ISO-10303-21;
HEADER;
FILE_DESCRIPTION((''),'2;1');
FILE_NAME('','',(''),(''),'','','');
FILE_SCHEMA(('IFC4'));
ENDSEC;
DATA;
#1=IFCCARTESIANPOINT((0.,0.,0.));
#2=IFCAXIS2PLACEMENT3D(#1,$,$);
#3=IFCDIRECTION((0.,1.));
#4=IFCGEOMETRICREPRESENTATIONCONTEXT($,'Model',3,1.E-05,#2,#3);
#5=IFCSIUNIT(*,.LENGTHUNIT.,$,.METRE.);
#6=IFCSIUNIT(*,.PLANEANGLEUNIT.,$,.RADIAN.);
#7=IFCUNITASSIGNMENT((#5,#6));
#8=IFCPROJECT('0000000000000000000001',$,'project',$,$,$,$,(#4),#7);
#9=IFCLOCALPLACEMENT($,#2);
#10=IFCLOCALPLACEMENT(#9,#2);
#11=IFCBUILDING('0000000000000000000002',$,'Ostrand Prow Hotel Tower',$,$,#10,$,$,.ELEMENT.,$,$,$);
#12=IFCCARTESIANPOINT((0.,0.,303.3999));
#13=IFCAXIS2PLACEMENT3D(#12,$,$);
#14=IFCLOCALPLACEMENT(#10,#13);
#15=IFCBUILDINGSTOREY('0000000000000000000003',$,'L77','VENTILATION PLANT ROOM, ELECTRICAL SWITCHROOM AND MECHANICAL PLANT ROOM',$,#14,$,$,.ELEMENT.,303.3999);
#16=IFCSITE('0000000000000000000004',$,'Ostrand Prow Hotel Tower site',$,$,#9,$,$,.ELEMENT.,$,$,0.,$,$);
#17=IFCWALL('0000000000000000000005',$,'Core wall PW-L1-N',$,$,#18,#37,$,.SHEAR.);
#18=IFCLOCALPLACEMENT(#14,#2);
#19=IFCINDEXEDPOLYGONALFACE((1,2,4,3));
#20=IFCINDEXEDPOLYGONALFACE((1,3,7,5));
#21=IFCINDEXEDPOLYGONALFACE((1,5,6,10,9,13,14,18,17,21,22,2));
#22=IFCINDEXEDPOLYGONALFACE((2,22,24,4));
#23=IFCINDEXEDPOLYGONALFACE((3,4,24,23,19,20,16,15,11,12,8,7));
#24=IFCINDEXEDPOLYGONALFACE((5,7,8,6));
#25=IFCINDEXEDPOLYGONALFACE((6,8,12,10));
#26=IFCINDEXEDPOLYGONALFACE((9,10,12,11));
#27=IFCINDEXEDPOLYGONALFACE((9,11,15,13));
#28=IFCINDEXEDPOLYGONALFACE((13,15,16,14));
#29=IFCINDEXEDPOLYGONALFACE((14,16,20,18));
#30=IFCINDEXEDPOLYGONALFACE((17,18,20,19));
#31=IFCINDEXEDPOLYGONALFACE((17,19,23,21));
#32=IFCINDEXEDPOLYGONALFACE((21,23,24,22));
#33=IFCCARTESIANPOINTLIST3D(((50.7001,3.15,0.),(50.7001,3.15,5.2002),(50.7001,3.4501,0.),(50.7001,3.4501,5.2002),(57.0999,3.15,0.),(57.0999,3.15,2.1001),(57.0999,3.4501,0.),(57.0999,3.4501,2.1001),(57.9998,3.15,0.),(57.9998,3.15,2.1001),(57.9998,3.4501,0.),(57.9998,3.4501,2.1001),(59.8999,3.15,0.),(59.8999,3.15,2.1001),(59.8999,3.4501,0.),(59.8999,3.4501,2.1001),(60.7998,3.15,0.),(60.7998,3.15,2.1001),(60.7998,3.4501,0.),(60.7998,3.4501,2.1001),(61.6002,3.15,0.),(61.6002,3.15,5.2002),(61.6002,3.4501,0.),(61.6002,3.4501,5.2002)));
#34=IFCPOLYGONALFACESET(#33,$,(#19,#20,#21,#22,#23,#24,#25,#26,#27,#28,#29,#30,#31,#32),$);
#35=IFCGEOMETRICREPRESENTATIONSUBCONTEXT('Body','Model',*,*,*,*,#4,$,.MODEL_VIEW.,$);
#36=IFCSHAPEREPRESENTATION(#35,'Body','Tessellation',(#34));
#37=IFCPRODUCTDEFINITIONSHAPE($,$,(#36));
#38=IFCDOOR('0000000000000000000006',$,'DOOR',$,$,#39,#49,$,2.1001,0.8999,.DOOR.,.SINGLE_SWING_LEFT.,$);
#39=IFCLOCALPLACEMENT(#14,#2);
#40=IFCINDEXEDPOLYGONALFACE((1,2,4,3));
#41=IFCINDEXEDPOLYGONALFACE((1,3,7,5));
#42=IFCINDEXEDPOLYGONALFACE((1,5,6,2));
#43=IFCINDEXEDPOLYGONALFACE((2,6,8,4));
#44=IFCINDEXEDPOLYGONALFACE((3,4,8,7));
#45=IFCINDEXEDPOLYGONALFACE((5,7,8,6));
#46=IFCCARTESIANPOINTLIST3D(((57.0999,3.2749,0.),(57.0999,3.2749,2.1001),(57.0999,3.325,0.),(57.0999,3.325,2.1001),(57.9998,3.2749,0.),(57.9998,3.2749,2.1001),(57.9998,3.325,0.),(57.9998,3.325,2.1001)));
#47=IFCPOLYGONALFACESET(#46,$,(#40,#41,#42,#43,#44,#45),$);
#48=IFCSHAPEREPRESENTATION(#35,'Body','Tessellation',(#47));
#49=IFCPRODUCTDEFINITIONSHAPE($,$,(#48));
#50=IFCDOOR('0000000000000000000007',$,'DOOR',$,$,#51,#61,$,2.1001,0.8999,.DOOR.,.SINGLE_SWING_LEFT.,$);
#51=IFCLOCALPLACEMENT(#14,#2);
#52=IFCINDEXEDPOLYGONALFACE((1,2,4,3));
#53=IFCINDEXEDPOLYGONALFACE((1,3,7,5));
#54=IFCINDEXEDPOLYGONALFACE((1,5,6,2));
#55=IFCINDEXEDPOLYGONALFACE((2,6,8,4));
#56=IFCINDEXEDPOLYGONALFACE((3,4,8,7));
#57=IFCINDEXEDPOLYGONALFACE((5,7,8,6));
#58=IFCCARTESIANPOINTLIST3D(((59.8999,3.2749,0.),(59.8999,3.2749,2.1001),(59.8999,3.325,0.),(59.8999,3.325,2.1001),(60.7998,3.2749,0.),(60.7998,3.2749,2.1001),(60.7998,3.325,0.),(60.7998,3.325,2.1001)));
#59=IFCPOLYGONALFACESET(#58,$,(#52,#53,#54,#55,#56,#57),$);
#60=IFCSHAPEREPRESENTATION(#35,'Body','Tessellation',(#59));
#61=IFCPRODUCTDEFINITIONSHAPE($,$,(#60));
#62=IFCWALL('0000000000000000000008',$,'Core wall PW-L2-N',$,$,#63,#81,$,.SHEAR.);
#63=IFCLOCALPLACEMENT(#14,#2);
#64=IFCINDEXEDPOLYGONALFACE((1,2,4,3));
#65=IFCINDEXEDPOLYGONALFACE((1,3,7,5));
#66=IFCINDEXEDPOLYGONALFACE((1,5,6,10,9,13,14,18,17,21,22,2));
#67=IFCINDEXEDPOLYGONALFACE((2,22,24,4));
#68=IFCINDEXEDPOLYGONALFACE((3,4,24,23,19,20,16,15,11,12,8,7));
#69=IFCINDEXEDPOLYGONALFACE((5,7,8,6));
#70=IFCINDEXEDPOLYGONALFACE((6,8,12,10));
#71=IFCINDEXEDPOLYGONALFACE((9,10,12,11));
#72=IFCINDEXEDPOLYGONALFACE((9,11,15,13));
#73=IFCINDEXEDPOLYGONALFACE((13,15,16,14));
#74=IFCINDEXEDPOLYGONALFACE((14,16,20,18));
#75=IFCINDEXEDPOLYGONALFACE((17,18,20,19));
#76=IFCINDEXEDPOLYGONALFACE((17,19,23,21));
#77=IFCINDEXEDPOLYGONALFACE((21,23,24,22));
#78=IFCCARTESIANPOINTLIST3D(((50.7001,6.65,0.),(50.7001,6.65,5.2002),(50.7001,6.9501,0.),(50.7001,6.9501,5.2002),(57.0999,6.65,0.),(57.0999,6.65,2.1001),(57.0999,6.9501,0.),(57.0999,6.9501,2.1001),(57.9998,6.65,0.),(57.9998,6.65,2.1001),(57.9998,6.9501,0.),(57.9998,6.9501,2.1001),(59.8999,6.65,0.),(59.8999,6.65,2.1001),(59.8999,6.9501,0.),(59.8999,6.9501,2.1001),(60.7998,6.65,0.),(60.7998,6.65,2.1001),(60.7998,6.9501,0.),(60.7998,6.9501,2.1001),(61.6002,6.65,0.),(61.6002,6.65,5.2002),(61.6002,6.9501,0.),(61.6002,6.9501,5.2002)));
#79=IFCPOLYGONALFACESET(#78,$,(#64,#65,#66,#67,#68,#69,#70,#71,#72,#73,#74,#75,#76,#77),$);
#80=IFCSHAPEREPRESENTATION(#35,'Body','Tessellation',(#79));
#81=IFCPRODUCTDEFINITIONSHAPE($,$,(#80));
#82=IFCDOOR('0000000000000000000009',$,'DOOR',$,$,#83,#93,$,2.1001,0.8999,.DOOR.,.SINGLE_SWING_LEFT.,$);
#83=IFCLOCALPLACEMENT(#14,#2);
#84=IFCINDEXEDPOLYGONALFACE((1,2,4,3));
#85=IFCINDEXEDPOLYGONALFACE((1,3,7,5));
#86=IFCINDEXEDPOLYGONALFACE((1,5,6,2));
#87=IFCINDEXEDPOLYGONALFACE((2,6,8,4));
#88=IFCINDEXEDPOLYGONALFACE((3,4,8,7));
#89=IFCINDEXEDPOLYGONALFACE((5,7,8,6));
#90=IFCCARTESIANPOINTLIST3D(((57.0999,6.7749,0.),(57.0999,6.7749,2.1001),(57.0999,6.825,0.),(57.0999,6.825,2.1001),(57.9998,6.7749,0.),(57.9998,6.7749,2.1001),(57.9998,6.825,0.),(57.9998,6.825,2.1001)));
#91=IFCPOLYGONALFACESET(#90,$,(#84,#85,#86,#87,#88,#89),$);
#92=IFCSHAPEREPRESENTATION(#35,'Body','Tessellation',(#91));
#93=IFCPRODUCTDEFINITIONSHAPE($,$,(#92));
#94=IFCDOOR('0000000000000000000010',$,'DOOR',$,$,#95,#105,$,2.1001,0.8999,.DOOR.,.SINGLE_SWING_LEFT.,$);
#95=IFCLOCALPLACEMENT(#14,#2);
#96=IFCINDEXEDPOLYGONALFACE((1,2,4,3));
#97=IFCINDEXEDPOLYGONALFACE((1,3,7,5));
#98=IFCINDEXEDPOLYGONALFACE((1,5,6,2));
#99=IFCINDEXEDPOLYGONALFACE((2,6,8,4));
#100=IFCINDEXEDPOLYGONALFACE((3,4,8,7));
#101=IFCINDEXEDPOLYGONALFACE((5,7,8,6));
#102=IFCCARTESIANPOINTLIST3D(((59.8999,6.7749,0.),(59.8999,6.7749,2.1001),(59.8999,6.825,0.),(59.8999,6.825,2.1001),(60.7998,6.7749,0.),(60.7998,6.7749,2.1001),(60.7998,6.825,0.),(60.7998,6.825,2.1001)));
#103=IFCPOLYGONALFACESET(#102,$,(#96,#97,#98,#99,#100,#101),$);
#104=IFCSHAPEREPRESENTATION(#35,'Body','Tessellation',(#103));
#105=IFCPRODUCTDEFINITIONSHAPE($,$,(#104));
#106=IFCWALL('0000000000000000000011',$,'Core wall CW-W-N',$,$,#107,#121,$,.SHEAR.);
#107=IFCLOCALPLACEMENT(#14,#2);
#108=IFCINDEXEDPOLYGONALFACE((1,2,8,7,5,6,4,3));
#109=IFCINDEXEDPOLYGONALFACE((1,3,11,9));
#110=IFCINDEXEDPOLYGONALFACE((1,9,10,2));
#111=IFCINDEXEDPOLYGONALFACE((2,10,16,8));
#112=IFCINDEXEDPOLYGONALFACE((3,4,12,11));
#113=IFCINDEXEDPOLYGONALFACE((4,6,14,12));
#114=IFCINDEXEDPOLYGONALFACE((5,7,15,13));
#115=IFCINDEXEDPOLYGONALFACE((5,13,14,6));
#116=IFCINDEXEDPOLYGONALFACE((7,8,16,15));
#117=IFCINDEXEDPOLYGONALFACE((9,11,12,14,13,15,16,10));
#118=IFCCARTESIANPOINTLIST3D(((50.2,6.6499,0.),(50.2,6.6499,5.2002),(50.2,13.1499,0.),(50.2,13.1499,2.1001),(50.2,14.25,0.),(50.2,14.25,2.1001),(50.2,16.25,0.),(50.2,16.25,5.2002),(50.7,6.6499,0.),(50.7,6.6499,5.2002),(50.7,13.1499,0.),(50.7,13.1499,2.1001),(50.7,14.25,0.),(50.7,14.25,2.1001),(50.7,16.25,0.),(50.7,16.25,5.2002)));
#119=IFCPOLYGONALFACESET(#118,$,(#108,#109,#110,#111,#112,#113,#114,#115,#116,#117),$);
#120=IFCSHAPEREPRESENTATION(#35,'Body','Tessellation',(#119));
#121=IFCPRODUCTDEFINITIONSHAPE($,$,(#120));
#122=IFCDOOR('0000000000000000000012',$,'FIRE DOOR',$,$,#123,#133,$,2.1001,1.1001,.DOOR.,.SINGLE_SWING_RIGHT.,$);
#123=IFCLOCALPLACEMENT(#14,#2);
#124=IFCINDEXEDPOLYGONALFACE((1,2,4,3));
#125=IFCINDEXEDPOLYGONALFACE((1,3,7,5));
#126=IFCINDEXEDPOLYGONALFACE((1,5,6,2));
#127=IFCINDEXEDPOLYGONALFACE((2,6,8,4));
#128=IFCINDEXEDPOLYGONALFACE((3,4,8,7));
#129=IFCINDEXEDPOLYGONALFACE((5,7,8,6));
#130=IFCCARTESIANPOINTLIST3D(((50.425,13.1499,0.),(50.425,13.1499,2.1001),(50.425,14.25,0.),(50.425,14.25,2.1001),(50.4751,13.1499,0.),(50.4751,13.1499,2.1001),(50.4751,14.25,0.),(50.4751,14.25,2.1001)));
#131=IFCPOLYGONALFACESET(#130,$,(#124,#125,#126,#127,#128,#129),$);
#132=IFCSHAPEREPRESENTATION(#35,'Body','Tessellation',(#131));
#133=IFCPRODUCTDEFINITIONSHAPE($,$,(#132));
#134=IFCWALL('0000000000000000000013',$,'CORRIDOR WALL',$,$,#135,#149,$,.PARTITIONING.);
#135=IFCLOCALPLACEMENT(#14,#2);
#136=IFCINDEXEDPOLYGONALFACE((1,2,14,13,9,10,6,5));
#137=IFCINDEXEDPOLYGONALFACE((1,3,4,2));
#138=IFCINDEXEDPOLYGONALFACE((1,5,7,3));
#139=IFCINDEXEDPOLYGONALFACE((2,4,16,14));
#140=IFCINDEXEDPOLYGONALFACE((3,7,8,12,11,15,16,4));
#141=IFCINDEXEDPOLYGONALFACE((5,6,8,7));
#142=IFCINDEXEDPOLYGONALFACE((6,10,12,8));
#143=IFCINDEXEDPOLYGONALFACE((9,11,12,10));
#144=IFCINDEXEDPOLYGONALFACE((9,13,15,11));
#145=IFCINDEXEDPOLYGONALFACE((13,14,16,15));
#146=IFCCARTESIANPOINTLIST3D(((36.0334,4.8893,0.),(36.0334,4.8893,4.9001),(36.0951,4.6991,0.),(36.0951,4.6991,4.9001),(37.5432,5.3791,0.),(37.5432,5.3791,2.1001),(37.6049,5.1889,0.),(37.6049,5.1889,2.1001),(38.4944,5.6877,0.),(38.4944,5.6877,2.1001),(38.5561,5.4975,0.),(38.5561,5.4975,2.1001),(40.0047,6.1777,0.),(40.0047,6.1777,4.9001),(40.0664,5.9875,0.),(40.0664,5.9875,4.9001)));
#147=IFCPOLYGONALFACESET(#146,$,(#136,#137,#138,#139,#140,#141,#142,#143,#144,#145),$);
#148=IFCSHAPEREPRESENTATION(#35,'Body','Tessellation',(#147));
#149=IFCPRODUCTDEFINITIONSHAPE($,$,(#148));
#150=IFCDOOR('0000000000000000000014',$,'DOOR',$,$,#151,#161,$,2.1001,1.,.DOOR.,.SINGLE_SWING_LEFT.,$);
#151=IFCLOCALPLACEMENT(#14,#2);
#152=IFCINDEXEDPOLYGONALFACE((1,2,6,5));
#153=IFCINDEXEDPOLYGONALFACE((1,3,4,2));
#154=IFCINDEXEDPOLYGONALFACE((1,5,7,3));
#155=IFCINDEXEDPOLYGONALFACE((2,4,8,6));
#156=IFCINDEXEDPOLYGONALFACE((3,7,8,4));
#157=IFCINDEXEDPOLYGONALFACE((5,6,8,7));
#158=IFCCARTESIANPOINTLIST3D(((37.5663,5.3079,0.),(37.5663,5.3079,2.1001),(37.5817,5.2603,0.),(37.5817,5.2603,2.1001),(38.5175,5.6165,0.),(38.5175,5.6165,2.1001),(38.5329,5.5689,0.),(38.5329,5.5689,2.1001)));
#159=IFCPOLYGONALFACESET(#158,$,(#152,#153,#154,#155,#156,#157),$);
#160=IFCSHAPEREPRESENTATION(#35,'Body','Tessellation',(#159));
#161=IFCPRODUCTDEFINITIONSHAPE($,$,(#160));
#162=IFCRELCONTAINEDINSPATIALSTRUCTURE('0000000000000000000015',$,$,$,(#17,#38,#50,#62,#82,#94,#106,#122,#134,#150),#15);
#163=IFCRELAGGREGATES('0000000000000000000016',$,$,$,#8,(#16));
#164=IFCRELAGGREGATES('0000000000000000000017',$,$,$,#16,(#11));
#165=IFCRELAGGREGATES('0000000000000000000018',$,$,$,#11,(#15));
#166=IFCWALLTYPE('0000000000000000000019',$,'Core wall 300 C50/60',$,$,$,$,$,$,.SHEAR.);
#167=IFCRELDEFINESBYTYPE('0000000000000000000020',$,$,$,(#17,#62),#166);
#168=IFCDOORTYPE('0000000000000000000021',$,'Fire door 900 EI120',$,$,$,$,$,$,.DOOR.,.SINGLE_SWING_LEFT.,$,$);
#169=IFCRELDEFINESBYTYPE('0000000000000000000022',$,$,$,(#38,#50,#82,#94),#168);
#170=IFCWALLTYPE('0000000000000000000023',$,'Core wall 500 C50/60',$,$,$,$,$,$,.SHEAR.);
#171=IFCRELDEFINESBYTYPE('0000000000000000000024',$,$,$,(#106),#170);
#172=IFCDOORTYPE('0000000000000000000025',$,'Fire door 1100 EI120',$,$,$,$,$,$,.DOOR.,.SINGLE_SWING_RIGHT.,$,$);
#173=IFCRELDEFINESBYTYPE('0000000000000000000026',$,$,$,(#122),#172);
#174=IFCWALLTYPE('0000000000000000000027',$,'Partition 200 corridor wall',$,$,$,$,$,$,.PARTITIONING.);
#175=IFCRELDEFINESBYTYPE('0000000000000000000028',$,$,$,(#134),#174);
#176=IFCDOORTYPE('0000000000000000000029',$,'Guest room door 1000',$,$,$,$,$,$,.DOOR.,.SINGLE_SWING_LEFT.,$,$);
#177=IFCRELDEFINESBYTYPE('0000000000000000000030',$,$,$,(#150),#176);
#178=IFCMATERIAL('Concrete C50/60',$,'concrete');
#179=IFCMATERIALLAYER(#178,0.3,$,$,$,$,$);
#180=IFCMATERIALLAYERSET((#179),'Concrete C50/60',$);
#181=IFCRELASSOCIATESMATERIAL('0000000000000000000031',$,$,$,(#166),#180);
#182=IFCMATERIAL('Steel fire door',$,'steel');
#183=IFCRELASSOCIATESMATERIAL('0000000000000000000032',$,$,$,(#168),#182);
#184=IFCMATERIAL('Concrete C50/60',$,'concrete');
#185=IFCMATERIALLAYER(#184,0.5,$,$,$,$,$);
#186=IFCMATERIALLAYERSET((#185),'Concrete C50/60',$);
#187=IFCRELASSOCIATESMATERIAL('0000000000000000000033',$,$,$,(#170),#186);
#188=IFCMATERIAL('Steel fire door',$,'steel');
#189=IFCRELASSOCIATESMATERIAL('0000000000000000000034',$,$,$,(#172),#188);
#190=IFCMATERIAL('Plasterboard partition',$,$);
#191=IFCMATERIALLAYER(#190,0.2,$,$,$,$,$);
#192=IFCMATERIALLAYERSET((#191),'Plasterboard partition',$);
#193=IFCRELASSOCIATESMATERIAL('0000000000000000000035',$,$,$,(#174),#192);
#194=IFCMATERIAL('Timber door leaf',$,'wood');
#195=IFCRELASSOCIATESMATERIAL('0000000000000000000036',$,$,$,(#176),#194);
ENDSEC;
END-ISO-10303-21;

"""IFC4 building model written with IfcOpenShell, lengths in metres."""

from ifc_helpers import new_model, si_unit, direction, frame, frame_2d, origin, place, context, subcontext, project, spatial, rectangle, extrude, material, layer, layer_set, type_object, element, fill, save


model = new_model("IFC4")

# Units and contexts
model_context = context("Model", 3, precision=1e-05, world=origin(), true_north=direction((0.0, 1.0)))
body_context = subcontext(model_context, "Body", "Model", "MODEL_VIEW")
ifc_project = project(units=[si_unit("LENGTHUNIT", "METRE"), si_unit("PLANEANGLEUNIT", "RADIAN")], contexts=[model_context])

# Site, building, storey
site_placement = place(None, origin())
site = spatial("IfcSite", under=ifc_project, at=site_placement, Name="Ostrand Prow Hotel Tower site", CompositionType="ELEMENT", RefElevation=0.0)
building_placement = place(site_placement, origin())
building = spatial("IfcBuilding", under=site, at=building_placement, Name="Ostrand Prow Hotel Tower", CompositionType="ELEMENT")
storey_placement = place(building_placement, frame((0.0, 0.0, 303.3999)))
storey = spatial("IfcBuildingStorey", under=building, at=storey_placement, Name="L77", Description="VENTILATION PLANT ROOM, ELECTRICAL SWITCHROOM AND MECHANICAL PLANT ROOM", CompositionType="ELEMENT", Elevation=303.3999)

# Walls, openings, doors
ifc_material_1 = material(Name="Concrete C50/60", Category="concrete")
ifc_layer_1 = layer(ifc_material_1, 0.3)
ifc_layer_set_1 = layer_set([ifc_layer_1], Name="Concrete C50/60")
wall_type_1 = type_object("IfcWallType", Name="Core wall 300 C50/60", PredefinedType="SHEAR", material=ifc_layer_set_1)
wall_1_placement = place(storey_placement, frame((50.7, 3.3, 0.0), z_axis=(0.0, 0.0, 1.0), x_axis=(1.0, 0.0, 0.0)))
wall_1 = element("IfcWall", 1, at=wall_1_placement, inside=storey, type_object=wall_type_1, Name="Core wall PW-L1-N", PredefinedType="SHEAR", context=body_context, shape_type="SweptSolid", body=[
    extrude(rectangle(XDim=10.9001, YDim=0.3, at=frame_2d((5.4502, 0.0))), origin(), (0.0, 0.0, 1.0), 5.2002),
])
opening_1_placement = place(wall_1_placement, frame((6.3999, 0.0, 0.0)))
opening_1 = element("IfcOpeningElement", 2, at=opening_1_placement, cuts=wall_1, PredefinedType="OPENING", context=body_context, shape_type="SweptSolid", body=[
    extrude(rectangle(XDim=0.8999, YDim=2.1001, at=frame_2d((0.45, 1.05))), frame((0.0, 0.1599, 0.0), z_axis=(0.0, -1.0, 0.0), x_axis=(1.0, 0.0, 0.0)), (0.0, 0.0, 1.0), 0.3201),
])
opening_2_placement = place(wall_1_placement, frame((9.2, 0.0, 0.0)))
opening_2 = element("IfcOpeningElement", 3, at=opening_2_placement, cuts=wall_1, PredefinedType="OPENING", context=body_context, shape_type="SweptSolid", body=[
    extrude(rectangle(XDim=0.8999, YDim=2.1001, at=frame_2d((0.45, 1.05))), frame((0.0, 0.1599, 0.0), z_axis=(0.0, -1.0, 0.0), x_axis=(1.0, 0.0, 0.0)), (0.0, 0.0, 1.0), 0.3201),
])
ifc_material_2 = material(Name="Steel fire door", Category="steel")
door_type_1 = type_object("IfcDoorType", Name="Fire door 900 EI120", OperationType="SINGLE_SWING_LEFT", PredefinedType="DOOR", material=ifc_material_2)
door_1_placement = place(opening_1_placement, origin())
door_1 = element("IfcDoor", 4, at=door_1_placement, inside=storey, type_object=door_type_1, Name="DOOR", OperationType="SINGLE_SWING_LEFT", OverallHeight=2.1001, OverallWidth=0.8999, PredefinedType="DOOR", context=body_context, shape_type="SweptSolid", body=[
    extrude(rectangle(XDim=0.8999, YDim=2.1001, at=frame_2d((0.45, 1.05))), frame((0.0, 0.0249, 0.0), z_axis=(0.0, -1.0, 0.0), x_axis=(1.0, 0.0, 0.0)), (0.0, 0.0, 1.0), 0.05),
])
fill(opening_1, door_1)
door_2_placement = place(opening_2_placement, origin())
door_2 = element("IfcDoor", 5, at=door_2_placement, inside=storey, type_object=door_type_1, Name="DOOR", OperationType="SINGLE_SWING_LEFT", OverallHeight=2.1001, OverallWidth=0.8999, PredefinedType="DOOR", context=body_context, shape_type="SweptSolid", body=[
    extrude(rectangle(XDim=0.8999, YDim=2.1001, at=frame_2d((0.45, 1.05))), frame((0.0, 0.0249, 0.0), z_axis=(0.0, -1.0, 0.0), x_axis=(1.0, 0.0, 0.0)), (0.0, 0.0, 1.0), 0.05),
])
fill(opening_2, door_2)
wall_2_placement = place(storey_placement, frame((50.7, 6.8, 0.0), z_axis=(0.0, 0.0, 1.0), x_axis=(1.0, 0.0, 0.0)))
wall_2 = element("IfcWall", 6, at=wall_2_placement, inside=storey, type_object=wall_type_1, Name="Core wall PW-L2-N", PredefinedType="SHEAR", context=body_context, shape_type="SweptSolid", body=[
    extrude(rectangle(XDim=10.9001, YDim=0.3, at=frame_2d((5.4502, 0.0))), origin(), (0.0, 0.0, 1.0), 5.2002),
])
opening_3_placement = place(wall_2_placement, frame((6.3999, 0.0, 0.0)))
opening_3 = element("IfcOpeningElement", 7, at=opening_3_placement, cuts=wall_2, PredefinedType="OPENING", context=body_context, shape_type="SweptSolid", body=[
    extrude(rectangle(XDim=0.8999, YDim=2.1001, at=frame_2d((0.45, 1.05))), frame((0.0, 0.1599, 0.0), z_axis=(0.0, -1.0, 0.0), x_axis=(1.0, 0.0, 0.0)), (0.0, 0.0, 1.0), 0.3201),
])
opening_4_placement = place(wall_2_placement, frame((9.2, 0.0, 0.0)))
opening_4 = element("IfcOpeningElement", 8, at=opening_4_placement, cuts=wall_2, PredefinedType="OPENING", context=body_context, shape_type="SweptSolid", body=[
    extrude(rectangle(XDim=0.8999, YDim=2.1001, at=frame_2d((0.45, 1.05))), frame((0.0, 0.1599, 0.0), z_axis=(0.0, -1.0, 0.0), x_axis=(1.0, 0.0, 0.0)), (0.0, 0.0, 1.0), 0.3201),
])
door_3_placement = place(opening_3_placement, origin())
door_3 = element("IfcDoor", 9, at=door_3_placement, inside=storey, type_object=door_type_1, Name="DOOR", OperationType="SINGLE_SWING_LEFT", OverallHeight=2.1001, OverallWidth=0.8999, PredefinedType="DOOR", context=body_context, shape_type="SweptSolid", body=[
    extrude(rectangle(XDim=0.8999, YDim=2.1001, at=frame_2d((0.45, 1.05))), frame((0.0, 0.0249, 0.0), z_axis=(0.0, -1.0, 0.0), x_axis=(1.0, 0.0, 0.0)), (0.0, 0.0, 1.0), 0.05),
])
fill(opening_3, door_3)
door_4_placement = place(opening_4_placement, origin())
door_4 = element("IfcDoor", 10, at=door_4_placement, inside=storey, type_object=door_type_1, Name="DOOR", OperationType="SINGLE_SWING_LEFT", OverallHeight=2.1001, OverallWidth=0.8999, PredefinedType="DOOR", context=body_context, shape_type="SweptSolid", body=[
    extrude(rectangle(XDim=0.8999, YDim=2.1001, at=frame_2d((0.45, 1.05))), frame((0.0, 0.0249, 0.0), z_axis=(0.0, -1.0, 0.0), x_axis=(1.0, 0.0, 0.0)), (0.0, 0.0, 1.0), 0.05),
])
fill(opening_4, door_4)

# Walls, openings, doors
ifc_material_3 = material(Name="Concrete C50/60", Category="concrete")
ifc_layer_2 = layer(ifc_material_3, 0.5)
ifc_layer_set_2 = layer_set([ifc_layer_2], Name="Concrete C50/60")
wall_type_2 = type_object("IfcWallType", Name="Core wall 500 C50/60", PredefinedType="SHEAR", material=ifc_layer_set_2)
wall_3_placement = place(storey_placement, frame((50.45, 6.6499, 0.0), z_axis=(0.0, 0.0, 1.0), x_axis=(0.0, 1.0, 0.0)))
wall_3 = element("IfcWall", 11, at=wall_3_placement, inside=storey, type_object=wall_type_2, Name="Core wall CW-W-N", PredefinedType="SHEAR", context=body_context, shape_type="SweptSolid", body=[
    extrude(rectangle(XDim=9.6001, YDim=0.5, at=frame_2d((4.8, 0.0))), origin(), (0.0, 0.0, 1.0), 5.2002),
])
opening_5_placement = place(wall_3_placement, frame((6.5, 0.0, 0.0)))
opening_5 = element("IfcOpeningElement", 12, at=opening_5_placement, cuts=wall_3, PredefinedType="OPENING", context=body_context, shape_type="SweptSolid", body=[
    extrude(rectangle(XDim=1.1001, YDim=2.1001, at=frame_2d((0.55, 1.05))), frame((0.0, 0.26, 0.0), z_axis=(0.0, -1.0, 0.0), x_axis=(1.0, 0.0, 0.0)), (0.0, 0.0, 1.0), 0.52),
])
ifc_material_4 = material(Name="Steel fire door", Category="steel")
door_type_2 = type_object("IfcDoorType", Name="Fire door 1100 EI120", OperationType="SINGLE_SWING_RIGHT", PredefinedType="DOOR", material=ifc_material_4)
door_5_placement = place(opening_5_placement, origin())
door_5 = element("IfcDoor", 13, at=door_5_placement, inside=storey, type_object=door_type_2, Name="FIRE DOOR", OperationType="SINGLE_SWING_RIGHT", OverallHeight=2.1001, OverallWidth=1.1001, PredefinedType="DOOR", context=body_context, shape_type="SweptSolid", body=[
    extrude(rectangle(XDim=1.1001, YDim=2.1001, at=frame_2d((0.55, 1.05))), frame((0.0, 0.0249, 0.0), z_axis=(0.0, -1.0, 0.0), x_axis=(1.0, 0.0, 0.0)), (0.0, 0.0, 1.0), 0.05),
])
fill(opening_5, door_5)
ifc_material_5 = material(Name="Plasterboard partition")
ifc_layer_3 = layer(ifc_material_5, 0.2)
ifc_layer_set_3 = layer_set([ifc_layer_3], Name="Plasterboard partition")
wall_type_3 = type_object("IfcWallType", Name="Partition 200 corridor wall", PredefinedType="PARTITIONING", material=ifc_layer_set_3)
wall_4_placement = place(storey_placement, frame((40.0354, 6.0825, 0.0), z_axis=(0.0, 0.0, 1.0), x_axis=(-0.951196, -0.308586, 0.0)))
wall_4 = element("IfcWall", 14, at=wall_4_placement, inside=storey, type_object=wall_type_3, Name="CORRIDOR WALL", PredefinedType="PARTITIONING", context=body_context, shape_type="SweptSolid", body=[
    extrude(rectangle(XDim=4.175, YDim=0.2, at=frame_2d((2.0874, 0.0))), origin(), (0.0, 0.0, 1.0), 4.9001),
])
opening_6_placement = place(wall_4_placement, frame((1.5876, 0.0, 0.0)))
opening_6 = element("IfcOpeningElement", 15, at=opening_6_placement, cuts=wall_4, PredefinedType="OPENING", context=body_context, shape_type="SweptSolid", body=[
    extrude(rectangle(XDim=1.0, YDim=2.1001, at=frame_2d((0.5, 1.05))), frame((0.0, 0.1099, 0.0), z_axis=(0.0, -1.0, 0.0), x_axis=(1.0, 0.0, 0.0)), (0.0, 0.0, 1.0), 0.22),
])
ifc_material_6 = material(Name="Timber door leaf", Category="wood")
door_type_3 = type_object("IfcDoorType", Name="Guest room door 1000", OperationType="SINGLE_SWING_LEFT", PredefinedType="DOOR", material=ifc_material_6)
door_6_placement = place(opening_6_placement, origin())
door_6 = element("IfcDoor", 16, at=door_6_placement, inside=storey, type_object=door_type_3, Name="DOOR", OperationType="SINGLE_SWING_LEFT", OverallHeight=2.1001, OverallWidth=1.0, PredefinedType="DOOR", context=body_context, shape_type="SweptSolid", body=[
    extrude(rectangle(XDim=1.0, YDim=2.1001, at=frame_2d((0.5, 1.05))), frame((0.0, 0.0249, 0.0), z_axis=(0.0, -1.0, 0.0), x_axis=(1.0, 0.0, 0.0)), (0.0, 0.0, 1.0), 0.05),
])
fill(opening_6, door_6)

save(model, "model.ifc")
